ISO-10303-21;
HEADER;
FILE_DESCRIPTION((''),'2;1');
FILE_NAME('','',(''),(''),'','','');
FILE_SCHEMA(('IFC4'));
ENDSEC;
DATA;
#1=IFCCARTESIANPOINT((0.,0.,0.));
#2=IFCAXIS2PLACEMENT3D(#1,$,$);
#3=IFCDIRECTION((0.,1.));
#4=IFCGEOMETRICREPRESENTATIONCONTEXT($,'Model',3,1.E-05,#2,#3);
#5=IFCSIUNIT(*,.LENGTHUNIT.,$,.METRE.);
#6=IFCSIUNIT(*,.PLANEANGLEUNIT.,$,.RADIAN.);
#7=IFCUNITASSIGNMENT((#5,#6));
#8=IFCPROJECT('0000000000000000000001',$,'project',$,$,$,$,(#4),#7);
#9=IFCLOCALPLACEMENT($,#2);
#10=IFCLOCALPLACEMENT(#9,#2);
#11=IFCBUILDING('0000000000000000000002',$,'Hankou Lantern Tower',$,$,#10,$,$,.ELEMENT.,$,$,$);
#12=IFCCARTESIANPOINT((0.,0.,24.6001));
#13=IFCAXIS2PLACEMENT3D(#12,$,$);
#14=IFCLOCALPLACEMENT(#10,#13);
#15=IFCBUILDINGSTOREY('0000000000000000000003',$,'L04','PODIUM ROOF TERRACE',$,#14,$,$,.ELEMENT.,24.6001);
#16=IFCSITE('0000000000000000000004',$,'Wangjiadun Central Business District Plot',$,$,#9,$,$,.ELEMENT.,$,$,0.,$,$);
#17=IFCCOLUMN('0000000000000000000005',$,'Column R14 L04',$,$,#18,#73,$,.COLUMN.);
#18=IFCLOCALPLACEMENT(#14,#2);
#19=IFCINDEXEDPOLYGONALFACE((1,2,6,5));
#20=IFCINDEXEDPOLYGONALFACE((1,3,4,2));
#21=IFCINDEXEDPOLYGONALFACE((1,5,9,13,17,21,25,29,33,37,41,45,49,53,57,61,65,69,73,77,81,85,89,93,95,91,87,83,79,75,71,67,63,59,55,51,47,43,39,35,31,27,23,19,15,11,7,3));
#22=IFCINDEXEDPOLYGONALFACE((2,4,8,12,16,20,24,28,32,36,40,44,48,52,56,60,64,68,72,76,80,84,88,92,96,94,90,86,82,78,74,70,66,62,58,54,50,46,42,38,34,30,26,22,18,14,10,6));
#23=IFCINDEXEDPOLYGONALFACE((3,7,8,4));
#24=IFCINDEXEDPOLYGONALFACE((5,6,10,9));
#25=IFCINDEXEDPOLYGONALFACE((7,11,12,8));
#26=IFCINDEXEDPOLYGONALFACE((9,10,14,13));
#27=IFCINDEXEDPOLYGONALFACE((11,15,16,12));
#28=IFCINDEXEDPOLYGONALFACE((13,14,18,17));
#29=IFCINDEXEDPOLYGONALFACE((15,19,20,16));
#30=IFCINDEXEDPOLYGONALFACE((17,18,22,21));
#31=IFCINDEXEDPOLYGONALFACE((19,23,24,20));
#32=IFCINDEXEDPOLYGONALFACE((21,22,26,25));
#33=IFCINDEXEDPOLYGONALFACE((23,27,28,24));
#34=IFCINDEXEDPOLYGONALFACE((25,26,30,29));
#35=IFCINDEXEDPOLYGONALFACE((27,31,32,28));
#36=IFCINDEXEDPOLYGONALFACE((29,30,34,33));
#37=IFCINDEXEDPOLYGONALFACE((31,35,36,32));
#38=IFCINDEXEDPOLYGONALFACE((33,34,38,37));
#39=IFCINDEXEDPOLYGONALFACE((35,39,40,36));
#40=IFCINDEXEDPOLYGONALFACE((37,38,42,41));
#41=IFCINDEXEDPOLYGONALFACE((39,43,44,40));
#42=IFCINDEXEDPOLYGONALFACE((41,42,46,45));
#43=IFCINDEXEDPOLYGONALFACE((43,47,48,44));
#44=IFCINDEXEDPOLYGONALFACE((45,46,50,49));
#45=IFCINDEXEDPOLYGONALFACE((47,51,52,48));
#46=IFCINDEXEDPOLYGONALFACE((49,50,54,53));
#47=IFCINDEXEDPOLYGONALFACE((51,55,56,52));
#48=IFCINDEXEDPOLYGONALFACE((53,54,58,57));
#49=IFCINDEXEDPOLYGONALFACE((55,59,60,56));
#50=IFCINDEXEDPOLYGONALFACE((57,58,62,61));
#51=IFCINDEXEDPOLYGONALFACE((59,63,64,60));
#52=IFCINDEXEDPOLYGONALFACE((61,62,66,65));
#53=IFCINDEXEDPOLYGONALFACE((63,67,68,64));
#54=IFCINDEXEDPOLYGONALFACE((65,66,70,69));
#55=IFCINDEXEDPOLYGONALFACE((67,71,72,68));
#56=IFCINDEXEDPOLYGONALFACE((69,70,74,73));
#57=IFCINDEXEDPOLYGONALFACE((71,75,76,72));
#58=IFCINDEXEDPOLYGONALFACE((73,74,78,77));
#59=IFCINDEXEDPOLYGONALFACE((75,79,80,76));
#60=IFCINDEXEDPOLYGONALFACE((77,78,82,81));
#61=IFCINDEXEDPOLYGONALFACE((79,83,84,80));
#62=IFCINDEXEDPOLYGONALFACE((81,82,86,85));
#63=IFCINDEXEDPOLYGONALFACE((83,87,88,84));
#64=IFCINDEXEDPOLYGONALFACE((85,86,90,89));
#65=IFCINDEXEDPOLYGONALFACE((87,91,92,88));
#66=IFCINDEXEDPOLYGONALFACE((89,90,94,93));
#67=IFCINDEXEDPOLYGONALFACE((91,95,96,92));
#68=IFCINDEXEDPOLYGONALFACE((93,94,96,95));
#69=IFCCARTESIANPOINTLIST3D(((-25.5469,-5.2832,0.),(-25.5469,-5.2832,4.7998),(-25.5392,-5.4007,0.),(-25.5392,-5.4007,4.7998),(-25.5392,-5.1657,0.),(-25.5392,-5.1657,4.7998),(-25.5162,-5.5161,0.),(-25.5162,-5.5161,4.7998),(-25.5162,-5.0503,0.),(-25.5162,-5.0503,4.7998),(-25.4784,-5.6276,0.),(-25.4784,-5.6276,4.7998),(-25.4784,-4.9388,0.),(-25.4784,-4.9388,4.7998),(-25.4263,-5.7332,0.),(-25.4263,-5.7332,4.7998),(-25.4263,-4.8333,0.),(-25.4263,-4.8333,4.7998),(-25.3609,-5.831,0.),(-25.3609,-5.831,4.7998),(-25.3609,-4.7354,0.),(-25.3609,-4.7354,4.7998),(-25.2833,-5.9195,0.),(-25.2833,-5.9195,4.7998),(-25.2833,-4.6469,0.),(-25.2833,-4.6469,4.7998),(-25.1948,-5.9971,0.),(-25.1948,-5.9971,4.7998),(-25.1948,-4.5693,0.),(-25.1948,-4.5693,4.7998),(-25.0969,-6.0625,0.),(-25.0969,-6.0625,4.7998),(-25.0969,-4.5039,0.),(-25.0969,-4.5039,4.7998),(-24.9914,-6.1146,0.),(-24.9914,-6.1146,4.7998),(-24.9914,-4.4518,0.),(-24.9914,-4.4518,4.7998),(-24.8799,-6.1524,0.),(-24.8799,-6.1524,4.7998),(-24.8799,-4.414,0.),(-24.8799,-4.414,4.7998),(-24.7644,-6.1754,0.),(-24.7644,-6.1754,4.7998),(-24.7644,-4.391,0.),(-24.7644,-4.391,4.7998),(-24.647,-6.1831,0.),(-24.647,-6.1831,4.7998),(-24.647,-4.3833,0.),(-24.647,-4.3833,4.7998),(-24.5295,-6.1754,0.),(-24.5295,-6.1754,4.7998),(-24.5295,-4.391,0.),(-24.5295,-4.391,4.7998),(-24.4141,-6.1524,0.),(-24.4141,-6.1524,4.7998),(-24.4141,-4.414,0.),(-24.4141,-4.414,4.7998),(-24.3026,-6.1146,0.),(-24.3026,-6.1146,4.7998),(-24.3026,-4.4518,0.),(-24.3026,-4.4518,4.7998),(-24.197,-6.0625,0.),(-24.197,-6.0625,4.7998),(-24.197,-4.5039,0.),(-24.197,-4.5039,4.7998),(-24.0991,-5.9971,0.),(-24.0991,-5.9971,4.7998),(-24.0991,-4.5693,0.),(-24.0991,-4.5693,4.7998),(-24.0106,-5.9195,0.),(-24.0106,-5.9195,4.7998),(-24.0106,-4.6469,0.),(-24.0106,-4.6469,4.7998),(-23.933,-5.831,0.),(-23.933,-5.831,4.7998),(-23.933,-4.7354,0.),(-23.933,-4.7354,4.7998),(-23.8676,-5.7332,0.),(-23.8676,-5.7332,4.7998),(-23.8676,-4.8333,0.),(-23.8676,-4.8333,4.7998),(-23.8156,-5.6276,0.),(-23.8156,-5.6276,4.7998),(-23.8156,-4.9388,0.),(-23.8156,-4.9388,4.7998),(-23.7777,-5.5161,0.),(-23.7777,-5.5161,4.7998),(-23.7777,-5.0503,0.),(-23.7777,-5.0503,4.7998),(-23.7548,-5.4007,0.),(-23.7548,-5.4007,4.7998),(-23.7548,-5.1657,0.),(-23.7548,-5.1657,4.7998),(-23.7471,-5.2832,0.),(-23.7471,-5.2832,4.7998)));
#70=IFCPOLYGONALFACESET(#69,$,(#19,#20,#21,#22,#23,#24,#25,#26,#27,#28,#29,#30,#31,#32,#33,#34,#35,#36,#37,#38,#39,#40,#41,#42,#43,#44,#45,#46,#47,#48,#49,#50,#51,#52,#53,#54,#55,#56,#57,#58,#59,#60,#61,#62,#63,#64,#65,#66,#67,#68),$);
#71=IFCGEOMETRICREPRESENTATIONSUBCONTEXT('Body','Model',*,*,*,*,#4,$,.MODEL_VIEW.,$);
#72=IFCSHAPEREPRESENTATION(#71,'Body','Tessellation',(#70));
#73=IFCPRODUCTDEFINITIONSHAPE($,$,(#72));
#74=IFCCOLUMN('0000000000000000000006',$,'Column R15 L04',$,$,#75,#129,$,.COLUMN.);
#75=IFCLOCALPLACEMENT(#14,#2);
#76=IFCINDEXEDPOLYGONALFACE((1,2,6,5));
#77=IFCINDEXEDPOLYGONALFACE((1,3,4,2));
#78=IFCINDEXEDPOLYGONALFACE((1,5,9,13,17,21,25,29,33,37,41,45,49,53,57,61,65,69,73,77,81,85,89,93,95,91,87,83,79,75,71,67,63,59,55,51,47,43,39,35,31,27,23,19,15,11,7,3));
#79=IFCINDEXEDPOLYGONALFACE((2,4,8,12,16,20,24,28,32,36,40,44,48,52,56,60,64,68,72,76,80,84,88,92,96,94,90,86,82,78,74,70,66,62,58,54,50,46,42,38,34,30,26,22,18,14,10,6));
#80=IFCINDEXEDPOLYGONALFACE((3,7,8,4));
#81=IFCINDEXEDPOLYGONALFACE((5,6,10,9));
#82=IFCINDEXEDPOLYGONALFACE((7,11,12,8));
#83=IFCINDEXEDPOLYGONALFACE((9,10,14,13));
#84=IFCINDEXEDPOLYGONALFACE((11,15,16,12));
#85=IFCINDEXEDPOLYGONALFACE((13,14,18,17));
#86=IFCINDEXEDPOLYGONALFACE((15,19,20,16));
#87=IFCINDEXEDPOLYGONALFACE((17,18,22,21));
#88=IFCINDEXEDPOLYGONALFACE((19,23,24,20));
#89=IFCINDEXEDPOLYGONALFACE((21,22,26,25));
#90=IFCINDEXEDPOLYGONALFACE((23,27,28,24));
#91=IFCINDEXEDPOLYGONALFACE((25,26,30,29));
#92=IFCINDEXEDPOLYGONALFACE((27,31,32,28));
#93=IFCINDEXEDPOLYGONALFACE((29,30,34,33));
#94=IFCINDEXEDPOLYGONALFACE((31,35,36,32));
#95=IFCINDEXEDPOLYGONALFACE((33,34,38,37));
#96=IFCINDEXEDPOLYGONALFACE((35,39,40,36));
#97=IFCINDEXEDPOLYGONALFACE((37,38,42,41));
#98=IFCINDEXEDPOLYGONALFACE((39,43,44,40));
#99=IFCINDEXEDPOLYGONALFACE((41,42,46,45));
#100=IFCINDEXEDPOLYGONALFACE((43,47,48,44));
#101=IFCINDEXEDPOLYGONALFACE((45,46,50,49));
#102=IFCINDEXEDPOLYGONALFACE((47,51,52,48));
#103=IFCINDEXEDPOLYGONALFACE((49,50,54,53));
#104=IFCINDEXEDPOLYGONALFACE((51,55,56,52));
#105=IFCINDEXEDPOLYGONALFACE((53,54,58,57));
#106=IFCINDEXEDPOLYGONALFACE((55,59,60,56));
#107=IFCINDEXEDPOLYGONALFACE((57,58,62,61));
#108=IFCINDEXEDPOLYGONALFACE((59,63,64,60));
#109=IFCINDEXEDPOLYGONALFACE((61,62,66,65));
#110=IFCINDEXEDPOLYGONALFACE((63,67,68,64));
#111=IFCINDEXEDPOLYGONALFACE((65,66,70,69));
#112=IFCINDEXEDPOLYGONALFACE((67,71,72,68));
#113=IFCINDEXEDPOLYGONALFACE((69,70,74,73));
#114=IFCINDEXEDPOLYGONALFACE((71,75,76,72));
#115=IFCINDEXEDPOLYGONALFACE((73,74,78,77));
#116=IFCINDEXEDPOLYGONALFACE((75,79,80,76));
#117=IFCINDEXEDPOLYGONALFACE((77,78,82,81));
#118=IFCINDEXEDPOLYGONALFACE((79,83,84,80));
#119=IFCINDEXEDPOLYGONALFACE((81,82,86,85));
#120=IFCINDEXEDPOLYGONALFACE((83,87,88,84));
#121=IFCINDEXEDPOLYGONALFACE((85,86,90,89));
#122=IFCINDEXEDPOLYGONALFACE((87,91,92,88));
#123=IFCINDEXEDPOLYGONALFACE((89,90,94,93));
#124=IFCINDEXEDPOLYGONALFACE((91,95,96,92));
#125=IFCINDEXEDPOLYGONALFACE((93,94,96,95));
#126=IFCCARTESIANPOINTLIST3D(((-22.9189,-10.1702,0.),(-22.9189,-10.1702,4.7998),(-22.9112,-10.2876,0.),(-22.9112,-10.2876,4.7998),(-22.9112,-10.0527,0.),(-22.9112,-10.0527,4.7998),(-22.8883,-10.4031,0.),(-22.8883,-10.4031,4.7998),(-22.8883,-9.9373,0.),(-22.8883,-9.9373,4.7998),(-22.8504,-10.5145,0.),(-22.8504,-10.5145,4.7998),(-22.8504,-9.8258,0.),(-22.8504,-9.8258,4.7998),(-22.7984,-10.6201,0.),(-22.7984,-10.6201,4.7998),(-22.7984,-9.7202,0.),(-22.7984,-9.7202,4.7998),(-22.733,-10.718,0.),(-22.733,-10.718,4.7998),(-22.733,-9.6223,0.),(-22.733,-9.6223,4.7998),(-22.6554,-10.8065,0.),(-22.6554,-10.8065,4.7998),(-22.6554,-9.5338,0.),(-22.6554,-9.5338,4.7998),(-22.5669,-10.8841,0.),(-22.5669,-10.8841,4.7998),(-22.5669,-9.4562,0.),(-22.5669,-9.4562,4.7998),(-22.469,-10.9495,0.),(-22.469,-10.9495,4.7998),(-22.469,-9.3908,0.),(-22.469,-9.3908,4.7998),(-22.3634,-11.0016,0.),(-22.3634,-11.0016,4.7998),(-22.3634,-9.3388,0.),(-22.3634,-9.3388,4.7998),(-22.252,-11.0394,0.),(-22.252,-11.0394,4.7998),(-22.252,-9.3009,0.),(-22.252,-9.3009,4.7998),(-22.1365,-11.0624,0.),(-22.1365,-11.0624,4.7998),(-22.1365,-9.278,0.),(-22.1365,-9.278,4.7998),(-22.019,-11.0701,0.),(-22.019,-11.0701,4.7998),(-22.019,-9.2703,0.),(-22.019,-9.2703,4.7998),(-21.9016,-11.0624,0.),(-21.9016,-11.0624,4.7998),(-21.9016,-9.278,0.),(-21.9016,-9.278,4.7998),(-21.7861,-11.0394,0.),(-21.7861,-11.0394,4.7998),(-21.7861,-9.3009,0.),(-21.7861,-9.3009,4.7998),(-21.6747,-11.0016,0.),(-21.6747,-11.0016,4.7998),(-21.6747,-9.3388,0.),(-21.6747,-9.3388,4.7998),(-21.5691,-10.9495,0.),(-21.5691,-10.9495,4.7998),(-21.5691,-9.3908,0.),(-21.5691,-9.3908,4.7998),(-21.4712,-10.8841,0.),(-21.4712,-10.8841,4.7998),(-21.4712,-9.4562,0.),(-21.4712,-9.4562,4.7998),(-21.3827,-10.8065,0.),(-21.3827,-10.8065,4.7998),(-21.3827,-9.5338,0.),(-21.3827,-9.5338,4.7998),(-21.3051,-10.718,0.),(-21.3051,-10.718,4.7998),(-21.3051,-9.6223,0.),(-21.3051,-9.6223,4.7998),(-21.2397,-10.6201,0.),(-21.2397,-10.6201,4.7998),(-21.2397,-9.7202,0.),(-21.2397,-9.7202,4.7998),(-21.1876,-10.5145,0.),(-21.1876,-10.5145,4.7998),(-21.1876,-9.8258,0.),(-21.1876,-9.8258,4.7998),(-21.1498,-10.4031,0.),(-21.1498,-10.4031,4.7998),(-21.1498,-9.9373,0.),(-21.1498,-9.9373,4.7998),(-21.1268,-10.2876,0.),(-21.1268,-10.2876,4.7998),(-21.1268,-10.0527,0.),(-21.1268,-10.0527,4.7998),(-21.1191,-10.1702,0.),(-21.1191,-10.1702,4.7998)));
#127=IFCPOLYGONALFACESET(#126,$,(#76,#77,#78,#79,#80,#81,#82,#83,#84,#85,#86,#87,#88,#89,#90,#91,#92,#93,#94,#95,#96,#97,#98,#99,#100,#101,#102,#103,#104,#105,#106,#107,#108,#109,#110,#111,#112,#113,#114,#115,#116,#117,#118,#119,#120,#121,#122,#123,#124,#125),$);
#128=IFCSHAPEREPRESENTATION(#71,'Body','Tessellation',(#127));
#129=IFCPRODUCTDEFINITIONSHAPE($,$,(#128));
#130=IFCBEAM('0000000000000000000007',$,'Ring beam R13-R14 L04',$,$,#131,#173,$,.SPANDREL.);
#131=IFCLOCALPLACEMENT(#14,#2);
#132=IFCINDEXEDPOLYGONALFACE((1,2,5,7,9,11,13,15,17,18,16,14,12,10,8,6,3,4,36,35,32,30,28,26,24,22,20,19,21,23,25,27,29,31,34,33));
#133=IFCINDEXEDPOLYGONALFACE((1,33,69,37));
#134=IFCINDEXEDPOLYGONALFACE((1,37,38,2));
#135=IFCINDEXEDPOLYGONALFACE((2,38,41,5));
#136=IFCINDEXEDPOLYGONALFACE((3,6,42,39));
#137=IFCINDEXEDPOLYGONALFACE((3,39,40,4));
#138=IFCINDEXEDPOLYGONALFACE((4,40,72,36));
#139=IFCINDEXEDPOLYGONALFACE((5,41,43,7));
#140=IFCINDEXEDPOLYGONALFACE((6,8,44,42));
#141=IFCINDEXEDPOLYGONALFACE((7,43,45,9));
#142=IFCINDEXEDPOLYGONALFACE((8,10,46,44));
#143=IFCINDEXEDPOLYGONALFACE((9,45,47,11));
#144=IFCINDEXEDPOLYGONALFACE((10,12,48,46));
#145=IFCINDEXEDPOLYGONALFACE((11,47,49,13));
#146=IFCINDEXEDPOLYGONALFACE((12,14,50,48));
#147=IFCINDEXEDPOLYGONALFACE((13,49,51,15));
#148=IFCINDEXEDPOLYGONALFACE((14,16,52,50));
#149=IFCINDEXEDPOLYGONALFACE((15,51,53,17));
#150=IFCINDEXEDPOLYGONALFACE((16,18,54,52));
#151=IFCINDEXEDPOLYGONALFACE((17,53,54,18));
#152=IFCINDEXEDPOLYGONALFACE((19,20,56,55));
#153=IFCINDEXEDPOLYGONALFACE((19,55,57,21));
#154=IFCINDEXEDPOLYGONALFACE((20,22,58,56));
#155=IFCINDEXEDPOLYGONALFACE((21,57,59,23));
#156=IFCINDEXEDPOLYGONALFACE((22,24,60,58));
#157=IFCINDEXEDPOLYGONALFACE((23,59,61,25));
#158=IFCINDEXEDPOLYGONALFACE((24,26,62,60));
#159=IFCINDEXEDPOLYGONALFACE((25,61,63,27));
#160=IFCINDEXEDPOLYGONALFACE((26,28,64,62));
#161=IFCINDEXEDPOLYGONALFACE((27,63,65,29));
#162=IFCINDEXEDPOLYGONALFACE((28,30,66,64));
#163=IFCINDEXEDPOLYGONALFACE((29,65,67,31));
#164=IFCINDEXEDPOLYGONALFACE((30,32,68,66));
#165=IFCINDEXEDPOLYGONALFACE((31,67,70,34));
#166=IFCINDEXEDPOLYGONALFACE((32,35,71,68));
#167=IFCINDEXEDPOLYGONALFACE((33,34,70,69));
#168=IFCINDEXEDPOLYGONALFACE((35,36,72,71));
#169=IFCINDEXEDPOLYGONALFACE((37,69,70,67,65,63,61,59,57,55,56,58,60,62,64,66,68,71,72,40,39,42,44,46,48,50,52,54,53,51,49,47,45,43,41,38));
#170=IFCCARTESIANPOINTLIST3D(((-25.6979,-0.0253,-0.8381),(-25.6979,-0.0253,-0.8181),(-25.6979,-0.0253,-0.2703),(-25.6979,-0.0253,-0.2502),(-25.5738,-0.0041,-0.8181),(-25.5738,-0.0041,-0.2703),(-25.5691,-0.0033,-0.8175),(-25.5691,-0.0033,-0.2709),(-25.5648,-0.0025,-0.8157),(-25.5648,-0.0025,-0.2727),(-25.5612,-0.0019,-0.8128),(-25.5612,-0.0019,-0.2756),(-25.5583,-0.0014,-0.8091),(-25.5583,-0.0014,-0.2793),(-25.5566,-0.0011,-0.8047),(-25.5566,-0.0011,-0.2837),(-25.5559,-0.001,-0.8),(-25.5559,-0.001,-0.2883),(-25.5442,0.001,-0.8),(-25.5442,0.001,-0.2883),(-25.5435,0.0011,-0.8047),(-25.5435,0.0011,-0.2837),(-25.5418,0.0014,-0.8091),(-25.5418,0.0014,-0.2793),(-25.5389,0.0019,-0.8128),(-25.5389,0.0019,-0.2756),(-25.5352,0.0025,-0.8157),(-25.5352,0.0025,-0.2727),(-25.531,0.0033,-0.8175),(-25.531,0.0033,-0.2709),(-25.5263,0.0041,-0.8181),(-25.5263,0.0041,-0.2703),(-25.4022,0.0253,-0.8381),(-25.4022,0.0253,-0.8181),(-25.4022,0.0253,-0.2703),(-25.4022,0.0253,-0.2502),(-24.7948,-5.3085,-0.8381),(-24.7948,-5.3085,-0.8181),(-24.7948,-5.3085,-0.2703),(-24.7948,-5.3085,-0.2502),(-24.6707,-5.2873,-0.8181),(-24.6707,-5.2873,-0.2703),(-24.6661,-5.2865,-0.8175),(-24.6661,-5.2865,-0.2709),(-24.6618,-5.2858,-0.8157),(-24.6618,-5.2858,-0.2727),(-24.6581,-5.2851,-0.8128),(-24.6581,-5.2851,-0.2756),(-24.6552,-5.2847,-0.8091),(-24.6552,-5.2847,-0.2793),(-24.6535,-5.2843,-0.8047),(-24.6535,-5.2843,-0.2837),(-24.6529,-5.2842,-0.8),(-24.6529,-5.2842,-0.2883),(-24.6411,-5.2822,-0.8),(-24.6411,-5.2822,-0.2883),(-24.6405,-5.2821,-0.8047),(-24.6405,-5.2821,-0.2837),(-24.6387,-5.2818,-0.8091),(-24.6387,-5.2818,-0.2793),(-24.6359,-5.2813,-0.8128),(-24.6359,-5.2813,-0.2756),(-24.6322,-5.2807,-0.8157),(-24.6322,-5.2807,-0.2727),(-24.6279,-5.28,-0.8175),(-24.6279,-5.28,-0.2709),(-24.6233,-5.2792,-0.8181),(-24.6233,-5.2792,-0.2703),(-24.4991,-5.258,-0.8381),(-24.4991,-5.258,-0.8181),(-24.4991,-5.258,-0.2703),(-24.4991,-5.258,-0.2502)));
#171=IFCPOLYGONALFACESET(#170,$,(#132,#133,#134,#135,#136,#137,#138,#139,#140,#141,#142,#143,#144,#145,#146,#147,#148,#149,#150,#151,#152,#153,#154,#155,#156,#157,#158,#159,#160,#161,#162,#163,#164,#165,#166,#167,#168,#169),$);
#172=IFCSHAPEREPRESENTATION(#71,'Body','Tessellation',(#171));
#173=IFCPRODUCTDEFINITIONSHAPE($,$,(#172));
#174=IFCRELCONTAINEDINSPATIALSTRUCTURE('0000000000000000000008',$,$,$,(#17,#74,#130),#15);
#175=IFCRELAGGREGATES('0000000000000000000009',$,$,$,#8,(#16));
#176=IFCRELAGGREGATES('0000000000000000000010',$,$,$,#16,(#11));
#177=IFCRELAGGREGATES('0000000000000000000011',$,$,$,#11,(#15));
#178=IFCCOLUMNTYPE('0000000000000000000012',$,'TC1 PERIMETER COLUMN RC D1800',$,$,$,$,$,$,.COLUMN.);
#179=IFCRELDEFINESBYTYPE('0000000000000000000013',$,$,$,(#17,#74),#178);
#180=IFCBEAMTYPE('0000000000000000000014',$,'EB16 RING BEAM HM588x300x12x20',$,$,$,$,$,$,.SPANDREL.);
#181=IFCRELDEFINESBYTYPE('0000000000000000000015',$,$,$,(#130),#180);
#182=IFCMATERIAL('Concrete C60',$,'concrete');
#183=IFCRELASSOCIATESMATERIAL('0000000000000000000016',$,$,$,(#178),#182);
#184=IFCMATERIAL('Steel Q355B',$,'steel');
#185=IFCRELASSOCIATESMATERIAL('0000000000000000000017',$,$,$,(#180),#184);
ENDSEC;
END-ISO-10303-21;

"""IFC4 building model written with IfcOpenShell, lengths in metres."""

from ifc_helpers import new_model, si_unit, direction, frame, origin, origin_2d, place, context, subcontext, project, spatial, circle, i_section, extrude, material, material_profile, profile_set, type_object, element, save


model = new_model("IFC4")

# Units and contexts
model_context = context("Model", 3, precision=1e-05, world=origin(), true_north=direction((0.0, 1.0)))
body_context = subcontext(model_context, "Body", "Model", "MODEL_VIEW")
ifc_project = project(units=[si_unit("LENGTHUNIT", "METRE"), si_unit("PLANEANGLEUNIT", "RADIAN")], contexts=[model_context])

# Site, building, storey
site_placement = place(None, origin())
site = spatial("IfcSite", under=ifc_project, at=site_placement, Name="Wangjiadun Central Business District Plot", CompositionType="ELEMENT", RefElevation=0.0)
building_placement = place(site_placement, origin())
building = spatial("IfcBuilding", under=site, at=building_placement, Name="Hankou Lantern Tower", CompositionType="ELEMENT")
storey_placement = place(building_placement, frame((0.0, 0.0, 24.6001)))
storey = spatial("IfcBuildingStorey", under=building, at=storey_placement, Name="L04", Description="PODIUM ROOF TERRACE", CompositionType="ELEMENT", Elevation=24.6001)

# Columns
ifc_material_1 = material(Name="Concrete C60", Category="concrete")
ifc_material_profile_1 = material_profile(ifc_material_1, circle(Radius=0.8999, at=origin_2d()), Name="RC D1800")
ifc_profile_set_1 = profile_set([ifc_material_profile_1], Name="Concrete C60")
column_type = type_object("IfcColumnType", Name="TC1 PERIMETER COLUMN RC D1800", PredefinedType="COLUMN", material=ifc_profile_set_1)
for number, where, z_axis, x_axis, name in (
    (1, (-24.647, -5.2832, 0.0), (0.0, 0.0, 1.0), (1.0, 0.0, 0.0), "Column R14 L04"),
    (2, (-22.019, -10.1702, 0.0), (0.0, 0.0, 1.0), (1.0, 0.0, 0.0), "Column R15 L04"),
):
    element("IfcColumn", number, at=place(storey_placement, frame(where, z_axis=z_axis, x_axis=x_axis)), inside=storey, type_object=column_type, Name=name, PredefinedType="COLUMN", context=body_context, shape_type="SweptSolid", body=[
        extrude(circle(Radius=0.8999, at=origin_2d()), origin(), (0.0, 0.0, 1.0), 4.7998),
    ])

# Beam
ifc_material_2 = material(Name="Steel Q355B", Category="steel")
ifc_material_profile_2 = material_profile(ifc_material_2, i_section(OverallWidth=0.3, OverallDepth=0.5879, WebThickness=0.012, FlangeThickness=0.02, FilletRadius=0.0181, at=origin_2d()), Name="HM588x300x12x20")
ifc_profile_set_2 = profile_set([ifc_material_profile_2], Name="Steel Q355B")
beam_type_1 = type_object("IfcBeamType", Name="EB16 RING BEAM HM588x300x12x20", PredefinedType="SPANDREL", material=ifc_profile_set_2)
beam_1_placement = place(storey_placement, frame((-25.55, 0.0, -0.5442), z_axis=(0.16849, -0.985703, 0.0), x_axis=(0.985703, 0.16849, 0.0)))
element("IfcBeam", 3, at=beam_1_placement, inside=storey, type_object=beam_type_1, Name="Ring beam R13-R14 L04", PredefinedType="SPANDREL", context=body_context, shape_type="SweptSolid", body=[
    extrude(i_section(OverallWidth=0.3, OverallDepth=0.5879, WebThickness=0.012, FlangeThickness=0.02, FilletRadius=0.0181, at=origin_2d()), origin(), (0.0, 0.0, 1.0), 5.3599),
])

save(model, "model.ifc")
